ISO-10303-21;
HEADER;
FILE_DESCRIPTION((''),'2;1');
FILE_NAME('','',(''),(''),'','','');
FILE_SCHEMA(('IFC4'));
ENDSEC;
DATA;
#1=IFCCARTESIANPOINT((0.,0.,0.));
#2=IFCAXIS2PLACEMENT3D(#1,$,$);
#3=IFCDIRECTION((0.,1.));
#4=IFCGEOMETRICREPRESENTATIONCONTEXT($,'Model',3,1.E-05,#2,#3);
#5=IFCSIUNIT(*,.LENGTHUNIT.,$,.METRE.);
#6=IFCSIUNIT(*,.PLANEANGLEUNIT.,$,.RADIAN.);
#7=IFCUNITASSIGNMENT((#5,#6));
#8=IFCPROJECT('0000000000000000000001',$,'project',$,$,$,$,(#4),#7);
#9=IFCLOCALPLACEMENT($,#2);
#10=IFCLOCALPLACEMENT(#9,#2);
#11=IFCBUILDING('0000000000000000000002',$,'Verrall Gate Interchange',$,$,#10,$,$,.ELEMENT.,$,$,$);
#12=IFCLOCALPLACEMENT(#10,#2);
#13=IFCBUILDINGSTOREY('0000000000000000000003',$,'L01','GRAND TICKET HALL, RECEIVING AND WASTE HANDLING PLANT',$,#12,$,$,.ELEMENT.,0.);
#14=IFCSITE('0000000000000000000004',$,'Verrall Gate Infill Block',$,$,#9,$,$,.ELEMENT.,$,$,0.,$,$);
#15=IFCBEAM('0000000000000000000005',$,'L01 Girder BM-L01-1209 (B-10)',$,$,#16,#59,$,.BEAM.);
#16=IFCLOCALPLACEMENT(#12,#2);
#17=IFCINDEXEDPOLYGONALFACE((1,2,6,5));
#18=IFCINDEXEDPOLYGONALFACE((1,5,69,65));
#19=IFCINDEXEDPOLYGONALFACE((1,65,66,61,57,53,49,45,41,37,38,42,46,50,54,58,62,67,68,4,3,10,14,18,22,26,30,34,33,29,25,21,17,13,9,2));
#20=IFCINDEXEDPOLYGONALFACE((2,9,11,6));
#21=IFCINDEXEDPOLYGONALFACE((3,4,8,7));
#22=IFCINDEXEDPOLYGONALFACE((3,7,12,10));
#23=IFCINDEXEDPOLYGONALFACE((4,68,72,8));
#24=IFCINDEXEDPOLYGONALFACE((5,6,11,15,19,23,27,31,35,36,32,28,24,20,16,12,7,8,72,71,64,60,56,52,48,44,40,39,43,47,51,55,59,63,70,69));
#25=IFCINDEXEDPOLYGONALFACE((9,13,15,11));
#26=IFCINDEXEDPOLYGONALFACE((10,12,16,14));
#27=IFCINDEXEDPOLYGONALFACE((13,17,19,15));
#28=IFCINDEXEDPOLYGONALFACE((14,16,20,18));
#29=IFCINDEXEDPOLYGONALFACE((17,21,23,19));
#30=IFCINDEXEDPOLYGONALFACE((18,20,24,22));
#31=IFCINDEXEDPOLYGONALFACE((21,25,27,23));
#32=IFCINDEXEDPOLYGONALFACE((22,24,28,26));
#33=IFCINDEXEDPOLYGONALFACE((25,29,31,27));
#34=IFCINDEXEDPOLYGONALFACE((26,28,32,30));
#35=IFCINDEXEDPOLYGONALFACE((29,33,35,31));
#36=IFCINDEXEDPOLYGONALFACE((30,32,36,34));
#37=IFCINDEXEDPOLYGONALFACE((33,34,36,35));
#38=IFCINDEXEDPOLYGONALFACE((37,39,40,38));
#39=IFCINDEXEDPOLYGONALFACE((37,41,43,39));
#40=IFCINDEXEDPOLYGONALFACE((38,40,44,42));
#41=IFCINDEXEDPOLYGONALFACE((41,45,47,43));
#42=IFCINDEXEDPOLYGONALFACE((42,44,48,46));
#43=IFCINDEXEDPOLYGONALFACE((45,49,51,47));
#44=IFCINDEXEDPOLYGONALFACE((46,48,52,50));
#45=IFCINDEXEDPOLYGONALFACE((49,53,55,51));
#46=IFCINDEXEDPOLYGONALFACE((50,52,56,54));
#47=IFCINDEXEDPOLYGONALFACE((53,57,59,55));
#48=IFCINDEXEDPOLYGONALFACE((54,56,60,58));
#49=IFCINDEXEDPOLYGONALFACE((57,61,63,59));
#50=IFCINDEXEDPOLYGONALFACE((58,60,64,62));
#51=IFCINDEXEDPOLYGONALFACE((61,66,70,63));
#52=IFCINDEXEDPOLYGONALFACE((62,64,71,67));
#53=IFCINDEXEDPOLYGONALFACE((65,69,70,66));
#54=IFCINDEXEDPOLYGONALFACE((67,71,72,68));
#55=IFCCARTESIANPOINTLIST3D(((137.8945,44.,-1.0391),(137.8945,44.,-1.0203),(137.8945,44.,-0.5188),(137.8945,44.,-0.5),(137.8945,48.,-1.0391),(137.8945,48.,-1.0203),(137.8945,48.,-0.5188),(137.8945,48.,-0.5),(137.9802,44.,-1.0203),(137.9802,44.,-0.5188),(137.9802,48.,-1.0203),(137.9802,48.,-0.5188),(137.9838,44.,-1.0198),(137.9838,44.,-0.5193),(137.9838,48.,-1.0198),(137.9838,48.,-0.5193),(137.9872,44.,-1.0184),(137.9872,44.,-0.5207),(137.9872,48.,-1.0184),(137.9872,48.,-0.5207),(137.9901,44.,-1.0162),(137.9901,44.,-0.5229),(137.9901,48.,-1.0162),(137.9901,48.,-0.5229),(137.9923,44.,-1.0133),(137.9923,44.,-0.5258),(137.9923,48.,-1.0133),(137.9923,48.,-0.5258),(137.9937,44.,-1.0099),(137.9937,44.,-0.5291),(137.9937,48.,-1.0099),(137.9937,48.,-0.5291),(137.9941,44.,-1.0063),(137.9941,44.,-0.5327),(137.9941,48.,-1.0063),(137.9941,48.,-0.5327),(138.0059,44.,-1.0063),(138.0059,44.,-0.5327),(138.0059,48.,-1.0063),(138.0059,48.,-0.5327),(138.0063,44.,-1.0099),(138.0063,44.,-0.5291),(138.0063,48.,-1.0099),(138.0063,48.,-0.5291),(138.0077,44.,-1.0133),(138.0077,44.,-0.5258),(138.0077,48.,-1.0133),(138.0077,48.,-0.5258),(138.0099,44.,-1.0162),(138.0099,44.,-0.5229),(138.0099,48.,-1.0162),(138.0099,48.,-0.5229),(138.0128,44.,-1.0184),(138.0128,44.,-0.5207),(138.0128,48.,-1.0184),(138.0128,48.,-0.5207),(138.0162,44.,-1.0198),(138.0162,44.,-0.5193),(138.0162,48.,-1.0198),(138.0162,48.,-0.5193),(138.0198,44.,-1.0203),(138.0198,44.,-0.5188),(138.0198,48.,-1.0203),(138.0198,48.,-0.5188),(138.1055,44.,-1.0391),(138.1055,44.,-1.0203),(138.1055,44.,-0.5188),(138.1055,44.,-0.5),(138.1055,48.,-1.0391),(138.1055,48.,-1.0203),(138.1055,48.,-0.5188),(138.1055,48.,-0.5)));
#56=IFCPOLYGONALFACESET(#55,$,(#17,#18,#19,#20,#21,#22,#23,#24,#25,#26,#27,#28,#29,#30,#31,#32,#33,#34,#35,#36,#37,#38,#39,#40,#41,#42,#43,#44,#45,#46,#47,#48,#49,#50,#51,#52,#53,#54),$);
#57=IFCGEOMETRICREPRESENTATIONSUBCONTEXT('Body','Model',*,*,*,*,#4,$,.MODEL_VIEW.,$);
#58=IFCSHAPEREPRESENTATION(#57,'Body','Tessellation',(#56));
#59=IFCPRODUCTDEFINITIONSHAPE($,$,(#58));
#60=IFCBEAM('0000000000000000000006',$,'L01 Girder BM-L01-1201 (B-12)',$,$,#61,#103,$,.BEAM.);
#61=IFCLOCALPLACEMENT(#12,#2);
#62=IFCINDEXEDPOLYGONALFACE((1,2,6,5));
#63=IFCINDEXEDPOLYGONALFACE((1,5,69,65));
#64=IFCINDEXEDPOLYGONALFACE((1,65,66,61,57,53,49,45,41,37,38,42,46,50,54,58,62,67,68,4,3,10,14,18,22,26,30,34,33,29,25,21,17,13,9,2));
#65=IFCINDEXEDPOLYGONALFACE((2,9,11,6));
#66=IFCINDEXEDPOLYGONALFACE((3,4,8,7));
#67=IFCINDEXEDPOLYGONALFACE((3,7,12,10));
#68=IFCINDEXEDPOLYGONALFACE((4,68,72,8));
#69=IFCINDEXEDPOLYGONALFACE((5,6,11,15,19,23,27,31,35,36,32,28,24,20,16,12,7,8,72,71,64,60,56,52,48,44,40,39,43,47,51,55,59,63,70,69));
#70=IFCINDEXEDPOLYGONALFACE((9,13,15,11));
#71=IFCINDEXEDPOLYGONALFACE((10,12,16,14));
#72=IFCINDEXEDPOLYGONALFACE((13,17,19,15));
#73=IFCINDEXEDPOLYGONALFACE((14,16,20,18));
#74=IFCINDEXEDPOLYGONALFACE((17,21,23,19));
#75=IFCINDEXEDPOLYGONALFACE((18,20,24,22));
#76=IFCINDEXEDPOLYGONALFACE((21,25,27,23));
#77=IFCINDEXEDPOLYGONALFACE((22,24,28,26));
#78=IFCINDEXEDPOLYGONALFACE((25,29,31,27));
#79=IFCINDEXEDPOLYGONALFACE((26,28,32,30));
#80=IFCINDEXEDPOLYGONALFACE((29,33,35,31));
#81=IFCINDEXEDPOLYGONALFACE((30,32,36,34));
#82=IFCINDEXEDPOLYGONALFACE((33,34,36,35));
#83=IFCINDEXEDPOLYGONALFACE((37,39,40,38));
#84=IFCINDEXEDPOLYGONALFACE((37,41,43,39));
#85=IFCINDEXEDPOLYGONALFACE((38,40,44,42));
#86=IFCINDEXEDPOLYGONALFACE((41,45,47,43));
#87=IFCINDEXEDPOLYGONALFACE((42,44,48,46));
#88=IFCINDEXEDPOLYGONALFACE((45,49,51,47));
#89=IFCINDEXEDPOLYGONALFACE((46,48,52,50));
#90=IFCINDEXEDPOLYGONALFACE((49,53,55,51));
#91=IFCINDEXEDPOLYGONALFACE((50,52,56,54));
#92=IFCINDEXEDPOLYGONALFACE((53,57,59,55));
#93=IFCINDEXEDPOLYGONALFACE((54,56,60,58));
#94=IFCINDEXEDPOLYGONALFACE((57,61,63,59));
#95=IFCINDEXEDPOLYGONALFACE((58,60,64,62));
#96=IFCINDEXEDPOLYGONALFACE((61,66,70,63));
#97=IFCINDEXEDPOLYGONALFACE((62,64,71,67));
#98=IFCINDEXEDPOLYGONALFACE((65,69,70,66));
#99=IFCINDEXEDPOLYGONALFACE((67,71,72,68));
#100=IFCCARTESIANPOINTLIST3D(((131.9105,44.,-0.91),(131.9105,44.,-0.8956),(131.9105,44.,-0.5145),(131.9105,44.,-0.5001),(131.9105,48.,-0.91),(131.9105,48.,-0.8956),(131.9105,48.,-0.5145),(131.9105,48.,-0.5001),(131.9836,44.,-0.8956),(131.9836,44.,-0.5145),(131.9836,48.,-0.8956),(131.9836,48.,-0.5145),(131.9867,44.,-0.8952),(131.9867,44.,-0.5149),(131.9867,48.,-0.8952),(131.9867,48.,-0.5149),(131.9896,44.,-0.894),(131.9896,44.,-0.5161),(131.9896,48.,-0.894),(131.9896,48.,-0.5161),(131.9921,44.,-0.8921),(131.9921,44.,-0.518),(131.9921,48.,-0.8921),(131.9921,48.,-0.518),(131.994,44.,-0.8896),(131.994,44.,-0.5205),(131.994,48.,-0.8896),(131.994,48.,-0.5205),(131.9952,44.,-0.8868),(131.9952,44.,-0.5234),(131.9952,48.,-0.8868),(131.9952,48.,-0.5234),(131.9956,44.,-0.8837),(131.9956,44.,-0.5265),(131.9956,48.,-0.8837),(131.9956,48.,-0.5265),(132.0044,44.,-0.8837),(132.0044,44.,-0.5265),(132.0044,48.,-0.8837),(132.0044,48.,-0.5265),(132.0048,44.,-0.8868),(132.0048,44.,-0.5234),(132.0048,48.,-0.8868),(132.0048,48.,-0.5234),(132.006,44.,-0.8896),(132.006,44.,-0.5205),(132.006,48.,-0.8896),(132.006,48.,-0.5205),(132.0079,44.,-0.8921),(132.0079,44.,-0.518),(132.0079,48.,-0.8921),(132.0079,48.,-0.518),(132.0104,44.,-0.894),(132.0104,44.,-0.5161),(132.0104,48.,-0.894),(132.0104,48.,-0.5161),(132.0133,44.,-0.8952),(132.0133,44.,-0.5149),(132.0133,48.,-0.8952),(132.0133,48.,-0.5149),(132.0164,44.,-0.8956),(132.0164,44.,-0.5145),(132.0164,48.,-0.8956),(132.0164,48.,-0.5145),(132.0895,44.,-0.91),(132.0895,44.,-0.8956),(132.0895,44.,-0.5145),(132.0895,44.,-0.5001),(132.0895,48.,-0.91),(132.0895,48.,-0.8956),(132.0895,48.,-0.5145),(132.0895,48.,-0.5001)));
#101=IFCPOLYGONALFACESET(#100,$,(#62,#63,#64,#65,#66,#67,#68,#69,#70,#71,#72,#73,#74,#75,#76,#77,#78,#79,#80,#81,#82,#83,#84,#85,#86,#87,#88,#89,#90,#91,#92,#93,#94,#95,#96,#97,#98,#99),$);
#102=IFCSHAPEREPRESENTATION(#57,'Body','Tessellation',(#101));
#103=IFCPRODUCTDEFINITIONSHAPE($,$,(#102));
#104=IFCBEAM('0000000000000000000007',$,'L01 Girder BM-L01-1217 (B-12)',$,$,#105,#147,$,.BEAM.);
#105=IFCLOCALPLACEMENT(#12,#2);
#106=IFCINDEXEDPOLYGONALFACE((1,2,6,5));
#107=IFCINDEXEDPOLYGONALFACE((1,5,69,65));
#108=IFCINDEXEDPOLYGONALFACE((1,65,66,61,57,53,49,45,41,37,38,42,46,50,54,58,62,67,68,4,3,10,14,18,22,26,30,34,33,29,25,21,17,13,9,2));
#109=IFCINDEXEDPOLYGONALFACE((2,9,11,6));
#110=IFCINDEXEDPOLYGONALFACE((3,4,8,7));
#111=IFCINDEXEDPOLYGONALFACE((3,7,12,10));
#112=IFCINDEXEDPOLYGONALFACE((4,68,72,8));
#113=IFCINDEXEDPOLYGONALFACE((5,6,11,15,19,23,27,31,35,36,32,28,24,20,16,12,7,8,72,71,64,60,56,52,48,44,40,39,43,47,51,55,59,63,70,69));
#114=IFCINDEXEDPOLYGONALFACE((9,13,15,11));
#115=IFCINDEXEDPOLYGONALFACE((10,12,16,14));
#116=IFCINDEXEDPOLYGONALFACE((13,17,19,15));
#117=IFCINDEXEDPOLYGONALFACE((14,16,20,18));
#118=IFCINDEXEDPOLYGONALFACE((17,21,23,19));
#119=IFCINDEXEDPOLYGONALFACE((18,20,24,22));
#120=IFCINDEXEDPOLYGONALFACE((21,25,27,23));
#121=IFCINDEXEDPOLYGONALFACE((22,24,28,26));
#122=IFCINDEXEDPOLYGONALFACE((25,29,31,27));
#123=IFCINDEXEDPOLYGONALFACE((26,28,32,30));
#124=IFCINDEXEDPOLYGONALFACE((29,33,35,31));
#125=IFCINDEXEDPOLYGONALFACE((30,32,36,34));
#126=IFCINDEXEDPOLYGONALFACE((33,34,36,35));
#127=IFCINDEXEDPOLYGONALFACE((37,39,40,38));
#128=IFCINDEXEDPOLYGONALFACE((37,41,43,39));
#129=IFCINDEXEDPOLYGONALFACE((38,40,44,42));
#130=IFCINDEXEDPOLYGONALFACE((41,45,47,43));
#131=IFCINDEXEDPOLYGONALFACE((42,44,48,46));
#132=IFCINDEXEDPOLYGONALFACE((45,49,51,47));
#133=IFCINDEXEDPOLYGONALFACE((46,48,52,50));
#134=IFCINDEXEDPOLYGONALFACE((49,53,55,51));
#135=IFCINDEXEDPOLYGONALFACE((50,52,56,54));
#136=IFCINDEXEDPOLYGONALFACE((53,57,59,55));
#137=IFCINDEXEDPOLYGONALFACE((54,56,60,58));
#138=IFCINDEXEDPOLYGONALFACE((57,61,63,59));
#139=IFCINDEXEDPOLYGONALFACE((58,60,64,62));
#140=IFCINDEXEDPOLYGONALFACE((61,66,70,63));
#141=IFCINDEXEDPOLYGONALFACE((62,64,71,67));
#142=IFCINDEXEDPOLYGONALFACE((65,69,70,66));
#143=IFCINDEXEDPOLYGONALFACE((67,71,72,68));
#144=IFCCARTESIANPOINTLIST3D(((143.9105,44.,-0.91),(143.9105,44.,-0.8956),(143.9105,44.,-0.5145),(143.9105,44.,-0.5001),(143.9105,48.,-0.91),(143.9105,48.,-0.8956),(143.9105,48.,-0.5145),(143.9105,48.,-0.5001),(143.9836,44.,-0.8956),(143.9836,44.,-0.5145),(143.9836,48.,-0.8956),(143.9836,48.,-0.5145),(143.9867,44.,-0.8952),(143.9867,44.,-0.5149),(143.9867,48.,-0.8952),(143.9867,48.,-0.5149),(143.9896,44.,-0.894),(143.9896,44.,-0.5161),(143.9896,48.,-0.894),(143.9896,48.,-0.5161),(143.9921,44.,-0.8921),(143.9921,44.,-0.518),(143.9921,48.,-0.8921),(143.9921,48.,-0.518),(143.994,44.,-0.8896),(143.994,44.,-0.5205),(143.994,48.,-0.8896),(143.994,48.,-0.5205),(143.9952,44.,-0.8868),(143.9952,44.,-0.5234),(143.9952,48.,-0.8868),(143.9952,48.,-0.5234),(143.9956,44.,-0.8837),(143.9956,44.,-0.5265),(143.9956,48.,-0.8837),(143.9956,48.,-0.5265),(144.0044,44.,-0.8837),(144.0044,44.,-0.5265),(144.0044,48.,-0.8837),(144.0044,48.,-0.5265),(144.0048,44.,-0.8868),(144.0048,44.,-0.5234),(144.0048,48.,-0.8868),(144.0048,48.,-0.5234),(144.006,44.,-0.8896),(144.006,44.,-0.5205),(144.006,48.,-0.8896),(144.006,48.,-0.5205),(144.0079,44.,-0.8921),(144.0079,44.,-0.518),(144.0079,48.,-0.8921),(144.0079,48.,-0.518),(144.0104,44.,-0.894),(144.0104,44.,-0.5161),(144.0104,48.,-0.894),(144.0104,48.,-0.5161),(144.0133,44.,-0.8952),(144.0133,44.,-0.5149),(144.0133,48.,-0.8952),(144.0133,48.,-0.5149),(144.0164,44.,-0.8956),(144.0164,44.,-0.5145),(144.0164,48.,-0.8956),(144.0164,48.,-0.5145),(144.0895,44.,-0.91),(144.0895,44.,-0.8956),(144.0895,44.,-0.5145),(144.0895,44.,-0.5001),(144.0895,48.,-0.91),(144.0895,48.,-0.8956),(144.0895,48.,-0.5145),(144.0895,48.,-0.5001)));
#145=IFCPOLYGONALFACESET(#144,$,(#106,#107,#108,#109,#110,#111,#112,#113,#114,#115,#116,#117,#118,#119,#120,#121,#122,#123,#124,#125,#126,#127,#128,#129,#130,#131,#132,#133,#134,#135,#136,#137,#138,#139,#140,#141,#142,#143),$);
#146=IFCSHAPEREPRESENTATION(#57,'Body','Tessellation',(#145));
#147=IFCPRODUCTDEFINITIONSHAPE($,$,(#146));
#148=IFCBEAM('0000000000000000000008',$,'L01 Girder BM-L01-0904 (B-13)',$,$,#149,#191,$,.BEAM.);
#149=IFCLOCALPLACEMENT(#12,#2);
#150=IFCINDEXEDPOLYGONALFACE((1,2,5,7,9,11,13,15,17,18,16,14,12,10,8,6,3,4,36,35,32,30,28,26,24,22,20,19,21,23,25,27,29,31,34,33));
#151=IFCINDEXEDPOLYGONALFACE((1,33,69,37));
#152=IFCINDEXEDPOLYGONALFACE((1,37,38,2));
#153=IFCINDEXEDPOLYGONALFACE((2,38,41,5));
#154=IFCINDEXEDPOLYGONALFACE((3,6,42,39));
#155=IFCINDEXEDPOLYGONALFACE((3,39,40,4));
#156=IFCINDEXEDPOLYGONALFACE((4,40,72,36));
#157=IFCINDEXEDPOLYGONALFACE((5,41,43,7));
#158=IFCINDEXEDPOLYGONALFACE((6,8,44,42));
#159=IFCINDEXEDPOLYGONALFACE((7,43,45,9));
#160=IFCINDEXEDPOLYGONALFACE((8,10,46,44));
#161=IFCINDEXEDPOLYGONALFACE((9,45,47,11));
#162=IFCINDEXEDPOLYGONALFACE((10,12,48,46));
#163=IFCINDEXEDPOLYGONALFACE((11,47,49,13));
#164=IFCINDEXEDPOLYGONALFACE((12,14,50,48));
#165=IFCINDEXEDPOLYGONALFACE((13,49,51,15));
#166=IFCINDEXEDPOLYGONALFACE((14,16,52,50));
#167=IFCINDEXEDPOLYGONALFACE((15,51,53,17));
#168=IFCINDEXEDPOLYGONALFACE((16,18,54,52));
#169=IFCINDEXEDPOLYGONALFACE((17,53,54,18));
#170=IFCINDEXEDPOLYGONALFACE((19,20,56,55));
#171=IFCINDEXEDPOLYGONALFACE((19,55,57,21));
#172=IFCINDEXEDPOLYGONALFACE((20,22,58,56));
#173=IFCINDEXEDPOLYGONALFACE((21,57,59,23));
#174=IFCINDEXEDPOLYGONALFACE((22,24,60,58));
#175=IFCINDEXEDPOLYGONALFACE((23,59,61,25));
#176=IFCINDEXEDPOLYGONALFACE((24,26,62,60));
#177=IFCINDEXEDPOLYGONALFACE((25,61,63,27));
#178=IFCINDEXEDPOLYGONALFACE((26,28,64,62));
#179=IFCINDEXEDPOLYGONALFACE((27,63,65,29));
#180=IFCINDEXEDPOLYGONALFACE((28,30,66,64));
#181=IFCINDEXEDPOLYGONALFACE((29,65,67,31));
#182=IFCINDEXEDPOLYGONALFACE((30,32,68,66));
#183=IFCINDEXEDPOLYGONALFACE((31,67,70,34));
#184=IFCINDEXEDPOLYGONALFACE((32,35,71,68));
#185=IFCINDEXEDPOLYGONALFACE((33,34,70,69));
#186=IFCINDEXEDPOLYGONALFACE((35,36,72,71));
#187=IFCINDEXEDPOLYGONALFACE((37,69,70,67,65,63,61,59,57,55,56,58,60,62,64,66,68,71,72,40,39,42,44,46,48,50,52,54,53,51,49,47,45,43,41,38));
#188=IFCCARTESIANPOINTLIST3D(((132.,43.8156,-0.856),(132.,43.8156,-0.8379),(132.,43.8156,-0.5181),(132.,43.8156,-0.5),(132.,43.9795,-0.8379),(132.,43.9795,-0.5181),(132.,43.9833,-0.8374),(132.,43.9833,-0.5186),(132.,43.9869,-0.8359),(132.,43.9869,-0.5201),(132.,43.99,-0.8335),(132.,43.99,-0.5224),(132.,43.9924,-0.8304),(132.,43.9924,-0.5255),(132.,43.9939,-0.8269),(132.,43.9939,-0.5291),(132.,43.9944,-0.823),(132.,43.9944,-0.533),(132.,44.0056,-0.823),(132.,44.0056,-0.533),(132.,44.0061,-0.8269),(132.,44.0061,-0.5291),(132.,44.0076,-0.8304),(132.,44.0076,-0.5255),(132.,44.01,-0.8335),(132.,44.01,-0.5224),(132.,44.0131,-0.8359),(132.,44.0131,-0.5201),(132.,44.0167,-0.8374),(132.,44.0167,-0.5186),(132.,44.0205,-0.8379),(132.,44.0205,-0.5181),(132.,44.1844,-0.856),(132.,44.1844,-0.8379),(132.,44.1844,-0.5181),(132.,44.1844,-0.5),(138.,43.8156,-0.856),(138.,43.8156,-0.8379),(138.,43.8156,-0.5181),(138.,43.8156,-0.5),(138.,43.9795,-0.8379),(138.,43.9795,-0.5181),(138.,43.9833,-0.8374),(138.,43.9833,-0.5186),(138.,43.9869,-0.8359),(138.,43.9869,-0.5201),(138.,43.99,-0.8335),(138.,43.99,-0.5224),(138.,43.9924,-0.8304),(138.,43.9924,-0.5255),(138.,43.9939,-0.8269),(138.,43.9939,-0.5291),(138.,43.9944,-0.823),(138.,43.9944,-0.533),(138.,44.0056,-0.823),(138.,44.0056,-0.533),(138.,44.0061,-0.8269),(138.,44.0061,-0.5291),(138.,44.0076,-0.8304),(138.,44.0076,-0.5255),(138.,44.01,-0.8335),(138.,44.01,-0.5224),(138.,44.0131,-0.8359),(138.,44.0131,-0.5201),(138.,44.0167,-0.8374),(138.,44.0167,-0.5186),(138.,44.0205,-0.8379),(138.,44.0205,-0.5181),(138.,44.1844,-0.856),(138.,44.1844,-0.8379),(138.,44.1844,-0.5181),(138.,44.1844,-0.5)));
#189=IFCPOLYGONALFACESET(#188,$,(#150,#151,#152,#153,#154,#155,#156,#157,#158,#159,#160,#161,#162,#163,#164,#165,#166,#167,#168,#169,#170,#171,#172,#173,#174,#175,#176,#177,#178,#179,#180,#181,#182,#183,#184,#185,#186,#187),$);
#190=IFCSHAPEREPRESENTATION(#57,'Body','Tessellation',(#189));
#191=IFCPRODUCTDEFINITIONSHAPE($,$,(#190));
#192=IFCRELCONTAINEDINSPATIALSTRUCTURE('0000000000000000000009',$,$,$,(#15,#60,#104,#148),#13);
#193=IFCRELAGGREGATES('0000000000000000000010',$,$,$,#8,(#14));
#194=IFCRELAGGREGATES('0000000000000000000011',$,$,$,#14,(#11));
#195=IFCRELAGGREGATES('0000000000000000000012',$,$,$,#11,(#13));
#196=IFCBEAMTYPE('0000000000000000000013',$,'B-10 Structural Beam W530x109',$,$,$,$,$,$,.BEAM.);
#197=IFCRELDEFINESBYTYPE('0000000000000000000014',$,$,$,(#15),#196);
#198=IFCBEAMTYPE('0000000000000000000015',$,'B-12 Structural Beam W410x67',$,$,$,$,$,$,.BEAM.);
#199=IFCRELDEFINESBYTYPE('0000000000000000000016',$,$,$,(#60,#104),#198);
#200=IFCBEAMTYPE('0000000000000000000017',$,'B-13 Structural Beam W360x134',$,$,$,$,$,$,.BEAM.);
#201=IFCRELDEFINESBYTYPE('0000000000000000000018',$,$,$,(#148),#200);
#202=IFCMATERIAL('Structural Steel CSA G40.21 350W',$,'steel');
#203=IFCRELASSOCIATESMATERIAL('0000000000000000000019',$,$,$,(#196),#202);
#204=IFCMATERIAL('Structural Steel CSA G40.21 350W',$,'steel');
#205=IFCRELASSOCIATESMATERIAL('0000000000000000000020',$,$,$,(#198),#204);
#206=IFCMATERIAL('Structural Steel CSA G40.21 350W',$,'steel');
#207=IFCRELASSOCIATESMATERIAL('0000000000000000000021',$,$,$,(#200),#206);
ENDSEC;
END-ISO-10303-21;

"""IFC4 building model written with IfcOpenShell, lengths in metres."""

from ifc_helpers import new_model, si_unit, direction, frame, origin, origin_2d, place, context, subcontext, project, spatial, i_section, extrude, material, material_profile, profile_set, type_object, element, save


model = new_model("IFC4")

# Units and contexts
model_context = context("Model", 3, precision=1e-05, world=origin(), true_north=direction((0.0, 1.0)))
body_context = subcontext(model_context, "Body", "Model", "MODEL_VIEW")
ifc_project = project(units=[si_unit("LENGTHUNIT", "METRE"), si_unit("PLANEANGLEUNIT", "RADIAN")], contexts=[model_context])

# Site, building, storey
site_placement = place(None, origin())
site = spatial("IfcSite", under=ifc_project, at=site_placement, Name="Verrall Gate Infill Block", CompositionType="ELEMENT", RefElevation=0.0)
building_placement = place(site_placement, origin())
building = spatial("IfcBuilding", under=site, at=building_placement, Name="Verrall Gate Interchange", CompositionType="ELEMENT")
storey_placement = place(building_placement, origin())
storey = spatial("IfcBuildingStorey", under=building, at=storey_placement, Name="L01", Description="GRAND TICKET HALL, RECEIVING AND WASTE HANDLING PLANT", CompositionType="ELEMENT", Elevation=0.0)

# Beams
ifc_material_1 = material(Name="Structural Steel CSA G40.21 350W", Category="steel")
ifc_material_profile_1 = material_profile(ifc_material_1, i_section(OverallWidth=0.2109, OverallDepth=0.5391, WebThickness=0.0117, FlangeThickness=0.0188, FilletRadius=0.0139, at=origin_2d()), Name="W530x109")
ifc_profile_set_1 = profile_set([ifc_material_profile_1], Name="Structural Steel CSA G40.21 350W")
beam_type_1 = type_object("IfcBeamType", Name="B-10 Structural Beam W530x109", PredefinedType="BEAM", material=ifc_profile_set_1)
beam_1_placement = place(storey_placement, frame((138.0, 44.0, -0.7695), z_axis=(0.0, 1.0, 0.0), x_axis=(-1.0, 0.0, 0.0)))
element("IfcBeam", 1, at=beam_1_placement, inside=storey, type_object=beam_type_1, Name="L01 Girder BM-L01-1209 (B-10)", PredefinedType="BEAM", context=body_context, shape_type="SweptSolid", body=[
    extrude(i_section(OverallWidth=0.2109, OverallDepth=0.5391, WebThickness=0.0117, FlangeThickness=0.0188, FilletRadius=0.0139, at=origin_2d()), origin(), (0.0, 0.0, 1.0), 4.0),
])
ifc_material_2 = material(Name="Structural Steel CSA G40.21 350W", Category="steel")
ifc_material_profile_2 = material_profile(ifc_material_2, i_section(OverallWidth=0.179, OverallDepth=0.4099, WebThickness=0.0088, FlangeThickness=0.0144, FilletRadius=0.012, at=origin_2d()), Name="W410x67")
ifc_profile_set_2 = profile_set([ifc_material_profile_2], Name="Structural Steel CSA G40.21 350W")
beam_type_2 = type_object("IfcBeamType", Name="B-12 Structural Beam W410x67", PredefinedType="BEAM", material=ifc_profile_set_2)
for number, where, z_axis, x_axis, name in (
    (2, (132.0, 44.0, -0.7051), (0.0, 1.0, 0.0), (-1.0, 0.0, 0.0), "L01 Girder BM-L01-1201 (B-12)"),
    (3, (144.0, 44.0, -0.7051), (0.0, 1.0, 0.0), (-1.0, 0.0, 0.0), "L01 Girder BM-L01-1217 (B-12)"),
):
    element("IfcBeam", number, at=place(storey_placement, frame(where, z_axis=z_axis, x_axis=x_axis)), inside=storey, type_object=beam_type_2, Name=name, PredefinedType="BEAM", context=body_context, shape_type="SweptSolid", body=[
        extrude(i_section(OverallWidth=0.179, OverallDepth=0.4099, WebThickness=0.0088, FlangeThickness=0.0144, FilletRadius=0.012, at=origin_2d()), origin(), (0.0, 0.0, 1.0), 4.0),
    ])
ifc_material_3 = material(Name="Structural Steel CSA G40.21 350W", Category="steel")
ifc_material_profile_3 = material_profile(ifc_material_3, i_section(OverallWidth=0.3689, OverallDepth=0.356, WebThickness=0.0112, FlangeThickness=0.0181, FilletRadius=0.0149, at=origin_2d()), Name="W360x134")
ifc_profile_set_3 = profile_set([ifc_material_profile_3], Name="Structural Steel CSA G40.21 350W")
beam_type_3 = type_object("IfcBeamType", Name="B-13 Structural Beam W360x134", PredefinedType="BEAM", material=ifc_profile_set_3)
beam_2_placement = place(storey_placement, frame((132.0, 44.0, -0.678), z_axis=(1.0, 0.0, 0.0), x_axis=(0.0, 1.0, 0.0)))
element("IfcBeam", 4, at=beam_2_placement, inside=storey, type_object=beam_type_3, Name="L01 Girder BM-L01-0904 (B-13)", PredefinedType="BEAM", context=body_context, shape_type="SweptSolid", body=[
    extrude(i_section(OverallWidth=0.3689, OverallDepth=0.356, WebThickness=0.0112, FlangeThickness=0.0181, FilletRadius=0.0149, at=origin_2d()), origin(), (0.0, 0.0, 1.0), 6.0),
])

save(model, "model.ifc")
